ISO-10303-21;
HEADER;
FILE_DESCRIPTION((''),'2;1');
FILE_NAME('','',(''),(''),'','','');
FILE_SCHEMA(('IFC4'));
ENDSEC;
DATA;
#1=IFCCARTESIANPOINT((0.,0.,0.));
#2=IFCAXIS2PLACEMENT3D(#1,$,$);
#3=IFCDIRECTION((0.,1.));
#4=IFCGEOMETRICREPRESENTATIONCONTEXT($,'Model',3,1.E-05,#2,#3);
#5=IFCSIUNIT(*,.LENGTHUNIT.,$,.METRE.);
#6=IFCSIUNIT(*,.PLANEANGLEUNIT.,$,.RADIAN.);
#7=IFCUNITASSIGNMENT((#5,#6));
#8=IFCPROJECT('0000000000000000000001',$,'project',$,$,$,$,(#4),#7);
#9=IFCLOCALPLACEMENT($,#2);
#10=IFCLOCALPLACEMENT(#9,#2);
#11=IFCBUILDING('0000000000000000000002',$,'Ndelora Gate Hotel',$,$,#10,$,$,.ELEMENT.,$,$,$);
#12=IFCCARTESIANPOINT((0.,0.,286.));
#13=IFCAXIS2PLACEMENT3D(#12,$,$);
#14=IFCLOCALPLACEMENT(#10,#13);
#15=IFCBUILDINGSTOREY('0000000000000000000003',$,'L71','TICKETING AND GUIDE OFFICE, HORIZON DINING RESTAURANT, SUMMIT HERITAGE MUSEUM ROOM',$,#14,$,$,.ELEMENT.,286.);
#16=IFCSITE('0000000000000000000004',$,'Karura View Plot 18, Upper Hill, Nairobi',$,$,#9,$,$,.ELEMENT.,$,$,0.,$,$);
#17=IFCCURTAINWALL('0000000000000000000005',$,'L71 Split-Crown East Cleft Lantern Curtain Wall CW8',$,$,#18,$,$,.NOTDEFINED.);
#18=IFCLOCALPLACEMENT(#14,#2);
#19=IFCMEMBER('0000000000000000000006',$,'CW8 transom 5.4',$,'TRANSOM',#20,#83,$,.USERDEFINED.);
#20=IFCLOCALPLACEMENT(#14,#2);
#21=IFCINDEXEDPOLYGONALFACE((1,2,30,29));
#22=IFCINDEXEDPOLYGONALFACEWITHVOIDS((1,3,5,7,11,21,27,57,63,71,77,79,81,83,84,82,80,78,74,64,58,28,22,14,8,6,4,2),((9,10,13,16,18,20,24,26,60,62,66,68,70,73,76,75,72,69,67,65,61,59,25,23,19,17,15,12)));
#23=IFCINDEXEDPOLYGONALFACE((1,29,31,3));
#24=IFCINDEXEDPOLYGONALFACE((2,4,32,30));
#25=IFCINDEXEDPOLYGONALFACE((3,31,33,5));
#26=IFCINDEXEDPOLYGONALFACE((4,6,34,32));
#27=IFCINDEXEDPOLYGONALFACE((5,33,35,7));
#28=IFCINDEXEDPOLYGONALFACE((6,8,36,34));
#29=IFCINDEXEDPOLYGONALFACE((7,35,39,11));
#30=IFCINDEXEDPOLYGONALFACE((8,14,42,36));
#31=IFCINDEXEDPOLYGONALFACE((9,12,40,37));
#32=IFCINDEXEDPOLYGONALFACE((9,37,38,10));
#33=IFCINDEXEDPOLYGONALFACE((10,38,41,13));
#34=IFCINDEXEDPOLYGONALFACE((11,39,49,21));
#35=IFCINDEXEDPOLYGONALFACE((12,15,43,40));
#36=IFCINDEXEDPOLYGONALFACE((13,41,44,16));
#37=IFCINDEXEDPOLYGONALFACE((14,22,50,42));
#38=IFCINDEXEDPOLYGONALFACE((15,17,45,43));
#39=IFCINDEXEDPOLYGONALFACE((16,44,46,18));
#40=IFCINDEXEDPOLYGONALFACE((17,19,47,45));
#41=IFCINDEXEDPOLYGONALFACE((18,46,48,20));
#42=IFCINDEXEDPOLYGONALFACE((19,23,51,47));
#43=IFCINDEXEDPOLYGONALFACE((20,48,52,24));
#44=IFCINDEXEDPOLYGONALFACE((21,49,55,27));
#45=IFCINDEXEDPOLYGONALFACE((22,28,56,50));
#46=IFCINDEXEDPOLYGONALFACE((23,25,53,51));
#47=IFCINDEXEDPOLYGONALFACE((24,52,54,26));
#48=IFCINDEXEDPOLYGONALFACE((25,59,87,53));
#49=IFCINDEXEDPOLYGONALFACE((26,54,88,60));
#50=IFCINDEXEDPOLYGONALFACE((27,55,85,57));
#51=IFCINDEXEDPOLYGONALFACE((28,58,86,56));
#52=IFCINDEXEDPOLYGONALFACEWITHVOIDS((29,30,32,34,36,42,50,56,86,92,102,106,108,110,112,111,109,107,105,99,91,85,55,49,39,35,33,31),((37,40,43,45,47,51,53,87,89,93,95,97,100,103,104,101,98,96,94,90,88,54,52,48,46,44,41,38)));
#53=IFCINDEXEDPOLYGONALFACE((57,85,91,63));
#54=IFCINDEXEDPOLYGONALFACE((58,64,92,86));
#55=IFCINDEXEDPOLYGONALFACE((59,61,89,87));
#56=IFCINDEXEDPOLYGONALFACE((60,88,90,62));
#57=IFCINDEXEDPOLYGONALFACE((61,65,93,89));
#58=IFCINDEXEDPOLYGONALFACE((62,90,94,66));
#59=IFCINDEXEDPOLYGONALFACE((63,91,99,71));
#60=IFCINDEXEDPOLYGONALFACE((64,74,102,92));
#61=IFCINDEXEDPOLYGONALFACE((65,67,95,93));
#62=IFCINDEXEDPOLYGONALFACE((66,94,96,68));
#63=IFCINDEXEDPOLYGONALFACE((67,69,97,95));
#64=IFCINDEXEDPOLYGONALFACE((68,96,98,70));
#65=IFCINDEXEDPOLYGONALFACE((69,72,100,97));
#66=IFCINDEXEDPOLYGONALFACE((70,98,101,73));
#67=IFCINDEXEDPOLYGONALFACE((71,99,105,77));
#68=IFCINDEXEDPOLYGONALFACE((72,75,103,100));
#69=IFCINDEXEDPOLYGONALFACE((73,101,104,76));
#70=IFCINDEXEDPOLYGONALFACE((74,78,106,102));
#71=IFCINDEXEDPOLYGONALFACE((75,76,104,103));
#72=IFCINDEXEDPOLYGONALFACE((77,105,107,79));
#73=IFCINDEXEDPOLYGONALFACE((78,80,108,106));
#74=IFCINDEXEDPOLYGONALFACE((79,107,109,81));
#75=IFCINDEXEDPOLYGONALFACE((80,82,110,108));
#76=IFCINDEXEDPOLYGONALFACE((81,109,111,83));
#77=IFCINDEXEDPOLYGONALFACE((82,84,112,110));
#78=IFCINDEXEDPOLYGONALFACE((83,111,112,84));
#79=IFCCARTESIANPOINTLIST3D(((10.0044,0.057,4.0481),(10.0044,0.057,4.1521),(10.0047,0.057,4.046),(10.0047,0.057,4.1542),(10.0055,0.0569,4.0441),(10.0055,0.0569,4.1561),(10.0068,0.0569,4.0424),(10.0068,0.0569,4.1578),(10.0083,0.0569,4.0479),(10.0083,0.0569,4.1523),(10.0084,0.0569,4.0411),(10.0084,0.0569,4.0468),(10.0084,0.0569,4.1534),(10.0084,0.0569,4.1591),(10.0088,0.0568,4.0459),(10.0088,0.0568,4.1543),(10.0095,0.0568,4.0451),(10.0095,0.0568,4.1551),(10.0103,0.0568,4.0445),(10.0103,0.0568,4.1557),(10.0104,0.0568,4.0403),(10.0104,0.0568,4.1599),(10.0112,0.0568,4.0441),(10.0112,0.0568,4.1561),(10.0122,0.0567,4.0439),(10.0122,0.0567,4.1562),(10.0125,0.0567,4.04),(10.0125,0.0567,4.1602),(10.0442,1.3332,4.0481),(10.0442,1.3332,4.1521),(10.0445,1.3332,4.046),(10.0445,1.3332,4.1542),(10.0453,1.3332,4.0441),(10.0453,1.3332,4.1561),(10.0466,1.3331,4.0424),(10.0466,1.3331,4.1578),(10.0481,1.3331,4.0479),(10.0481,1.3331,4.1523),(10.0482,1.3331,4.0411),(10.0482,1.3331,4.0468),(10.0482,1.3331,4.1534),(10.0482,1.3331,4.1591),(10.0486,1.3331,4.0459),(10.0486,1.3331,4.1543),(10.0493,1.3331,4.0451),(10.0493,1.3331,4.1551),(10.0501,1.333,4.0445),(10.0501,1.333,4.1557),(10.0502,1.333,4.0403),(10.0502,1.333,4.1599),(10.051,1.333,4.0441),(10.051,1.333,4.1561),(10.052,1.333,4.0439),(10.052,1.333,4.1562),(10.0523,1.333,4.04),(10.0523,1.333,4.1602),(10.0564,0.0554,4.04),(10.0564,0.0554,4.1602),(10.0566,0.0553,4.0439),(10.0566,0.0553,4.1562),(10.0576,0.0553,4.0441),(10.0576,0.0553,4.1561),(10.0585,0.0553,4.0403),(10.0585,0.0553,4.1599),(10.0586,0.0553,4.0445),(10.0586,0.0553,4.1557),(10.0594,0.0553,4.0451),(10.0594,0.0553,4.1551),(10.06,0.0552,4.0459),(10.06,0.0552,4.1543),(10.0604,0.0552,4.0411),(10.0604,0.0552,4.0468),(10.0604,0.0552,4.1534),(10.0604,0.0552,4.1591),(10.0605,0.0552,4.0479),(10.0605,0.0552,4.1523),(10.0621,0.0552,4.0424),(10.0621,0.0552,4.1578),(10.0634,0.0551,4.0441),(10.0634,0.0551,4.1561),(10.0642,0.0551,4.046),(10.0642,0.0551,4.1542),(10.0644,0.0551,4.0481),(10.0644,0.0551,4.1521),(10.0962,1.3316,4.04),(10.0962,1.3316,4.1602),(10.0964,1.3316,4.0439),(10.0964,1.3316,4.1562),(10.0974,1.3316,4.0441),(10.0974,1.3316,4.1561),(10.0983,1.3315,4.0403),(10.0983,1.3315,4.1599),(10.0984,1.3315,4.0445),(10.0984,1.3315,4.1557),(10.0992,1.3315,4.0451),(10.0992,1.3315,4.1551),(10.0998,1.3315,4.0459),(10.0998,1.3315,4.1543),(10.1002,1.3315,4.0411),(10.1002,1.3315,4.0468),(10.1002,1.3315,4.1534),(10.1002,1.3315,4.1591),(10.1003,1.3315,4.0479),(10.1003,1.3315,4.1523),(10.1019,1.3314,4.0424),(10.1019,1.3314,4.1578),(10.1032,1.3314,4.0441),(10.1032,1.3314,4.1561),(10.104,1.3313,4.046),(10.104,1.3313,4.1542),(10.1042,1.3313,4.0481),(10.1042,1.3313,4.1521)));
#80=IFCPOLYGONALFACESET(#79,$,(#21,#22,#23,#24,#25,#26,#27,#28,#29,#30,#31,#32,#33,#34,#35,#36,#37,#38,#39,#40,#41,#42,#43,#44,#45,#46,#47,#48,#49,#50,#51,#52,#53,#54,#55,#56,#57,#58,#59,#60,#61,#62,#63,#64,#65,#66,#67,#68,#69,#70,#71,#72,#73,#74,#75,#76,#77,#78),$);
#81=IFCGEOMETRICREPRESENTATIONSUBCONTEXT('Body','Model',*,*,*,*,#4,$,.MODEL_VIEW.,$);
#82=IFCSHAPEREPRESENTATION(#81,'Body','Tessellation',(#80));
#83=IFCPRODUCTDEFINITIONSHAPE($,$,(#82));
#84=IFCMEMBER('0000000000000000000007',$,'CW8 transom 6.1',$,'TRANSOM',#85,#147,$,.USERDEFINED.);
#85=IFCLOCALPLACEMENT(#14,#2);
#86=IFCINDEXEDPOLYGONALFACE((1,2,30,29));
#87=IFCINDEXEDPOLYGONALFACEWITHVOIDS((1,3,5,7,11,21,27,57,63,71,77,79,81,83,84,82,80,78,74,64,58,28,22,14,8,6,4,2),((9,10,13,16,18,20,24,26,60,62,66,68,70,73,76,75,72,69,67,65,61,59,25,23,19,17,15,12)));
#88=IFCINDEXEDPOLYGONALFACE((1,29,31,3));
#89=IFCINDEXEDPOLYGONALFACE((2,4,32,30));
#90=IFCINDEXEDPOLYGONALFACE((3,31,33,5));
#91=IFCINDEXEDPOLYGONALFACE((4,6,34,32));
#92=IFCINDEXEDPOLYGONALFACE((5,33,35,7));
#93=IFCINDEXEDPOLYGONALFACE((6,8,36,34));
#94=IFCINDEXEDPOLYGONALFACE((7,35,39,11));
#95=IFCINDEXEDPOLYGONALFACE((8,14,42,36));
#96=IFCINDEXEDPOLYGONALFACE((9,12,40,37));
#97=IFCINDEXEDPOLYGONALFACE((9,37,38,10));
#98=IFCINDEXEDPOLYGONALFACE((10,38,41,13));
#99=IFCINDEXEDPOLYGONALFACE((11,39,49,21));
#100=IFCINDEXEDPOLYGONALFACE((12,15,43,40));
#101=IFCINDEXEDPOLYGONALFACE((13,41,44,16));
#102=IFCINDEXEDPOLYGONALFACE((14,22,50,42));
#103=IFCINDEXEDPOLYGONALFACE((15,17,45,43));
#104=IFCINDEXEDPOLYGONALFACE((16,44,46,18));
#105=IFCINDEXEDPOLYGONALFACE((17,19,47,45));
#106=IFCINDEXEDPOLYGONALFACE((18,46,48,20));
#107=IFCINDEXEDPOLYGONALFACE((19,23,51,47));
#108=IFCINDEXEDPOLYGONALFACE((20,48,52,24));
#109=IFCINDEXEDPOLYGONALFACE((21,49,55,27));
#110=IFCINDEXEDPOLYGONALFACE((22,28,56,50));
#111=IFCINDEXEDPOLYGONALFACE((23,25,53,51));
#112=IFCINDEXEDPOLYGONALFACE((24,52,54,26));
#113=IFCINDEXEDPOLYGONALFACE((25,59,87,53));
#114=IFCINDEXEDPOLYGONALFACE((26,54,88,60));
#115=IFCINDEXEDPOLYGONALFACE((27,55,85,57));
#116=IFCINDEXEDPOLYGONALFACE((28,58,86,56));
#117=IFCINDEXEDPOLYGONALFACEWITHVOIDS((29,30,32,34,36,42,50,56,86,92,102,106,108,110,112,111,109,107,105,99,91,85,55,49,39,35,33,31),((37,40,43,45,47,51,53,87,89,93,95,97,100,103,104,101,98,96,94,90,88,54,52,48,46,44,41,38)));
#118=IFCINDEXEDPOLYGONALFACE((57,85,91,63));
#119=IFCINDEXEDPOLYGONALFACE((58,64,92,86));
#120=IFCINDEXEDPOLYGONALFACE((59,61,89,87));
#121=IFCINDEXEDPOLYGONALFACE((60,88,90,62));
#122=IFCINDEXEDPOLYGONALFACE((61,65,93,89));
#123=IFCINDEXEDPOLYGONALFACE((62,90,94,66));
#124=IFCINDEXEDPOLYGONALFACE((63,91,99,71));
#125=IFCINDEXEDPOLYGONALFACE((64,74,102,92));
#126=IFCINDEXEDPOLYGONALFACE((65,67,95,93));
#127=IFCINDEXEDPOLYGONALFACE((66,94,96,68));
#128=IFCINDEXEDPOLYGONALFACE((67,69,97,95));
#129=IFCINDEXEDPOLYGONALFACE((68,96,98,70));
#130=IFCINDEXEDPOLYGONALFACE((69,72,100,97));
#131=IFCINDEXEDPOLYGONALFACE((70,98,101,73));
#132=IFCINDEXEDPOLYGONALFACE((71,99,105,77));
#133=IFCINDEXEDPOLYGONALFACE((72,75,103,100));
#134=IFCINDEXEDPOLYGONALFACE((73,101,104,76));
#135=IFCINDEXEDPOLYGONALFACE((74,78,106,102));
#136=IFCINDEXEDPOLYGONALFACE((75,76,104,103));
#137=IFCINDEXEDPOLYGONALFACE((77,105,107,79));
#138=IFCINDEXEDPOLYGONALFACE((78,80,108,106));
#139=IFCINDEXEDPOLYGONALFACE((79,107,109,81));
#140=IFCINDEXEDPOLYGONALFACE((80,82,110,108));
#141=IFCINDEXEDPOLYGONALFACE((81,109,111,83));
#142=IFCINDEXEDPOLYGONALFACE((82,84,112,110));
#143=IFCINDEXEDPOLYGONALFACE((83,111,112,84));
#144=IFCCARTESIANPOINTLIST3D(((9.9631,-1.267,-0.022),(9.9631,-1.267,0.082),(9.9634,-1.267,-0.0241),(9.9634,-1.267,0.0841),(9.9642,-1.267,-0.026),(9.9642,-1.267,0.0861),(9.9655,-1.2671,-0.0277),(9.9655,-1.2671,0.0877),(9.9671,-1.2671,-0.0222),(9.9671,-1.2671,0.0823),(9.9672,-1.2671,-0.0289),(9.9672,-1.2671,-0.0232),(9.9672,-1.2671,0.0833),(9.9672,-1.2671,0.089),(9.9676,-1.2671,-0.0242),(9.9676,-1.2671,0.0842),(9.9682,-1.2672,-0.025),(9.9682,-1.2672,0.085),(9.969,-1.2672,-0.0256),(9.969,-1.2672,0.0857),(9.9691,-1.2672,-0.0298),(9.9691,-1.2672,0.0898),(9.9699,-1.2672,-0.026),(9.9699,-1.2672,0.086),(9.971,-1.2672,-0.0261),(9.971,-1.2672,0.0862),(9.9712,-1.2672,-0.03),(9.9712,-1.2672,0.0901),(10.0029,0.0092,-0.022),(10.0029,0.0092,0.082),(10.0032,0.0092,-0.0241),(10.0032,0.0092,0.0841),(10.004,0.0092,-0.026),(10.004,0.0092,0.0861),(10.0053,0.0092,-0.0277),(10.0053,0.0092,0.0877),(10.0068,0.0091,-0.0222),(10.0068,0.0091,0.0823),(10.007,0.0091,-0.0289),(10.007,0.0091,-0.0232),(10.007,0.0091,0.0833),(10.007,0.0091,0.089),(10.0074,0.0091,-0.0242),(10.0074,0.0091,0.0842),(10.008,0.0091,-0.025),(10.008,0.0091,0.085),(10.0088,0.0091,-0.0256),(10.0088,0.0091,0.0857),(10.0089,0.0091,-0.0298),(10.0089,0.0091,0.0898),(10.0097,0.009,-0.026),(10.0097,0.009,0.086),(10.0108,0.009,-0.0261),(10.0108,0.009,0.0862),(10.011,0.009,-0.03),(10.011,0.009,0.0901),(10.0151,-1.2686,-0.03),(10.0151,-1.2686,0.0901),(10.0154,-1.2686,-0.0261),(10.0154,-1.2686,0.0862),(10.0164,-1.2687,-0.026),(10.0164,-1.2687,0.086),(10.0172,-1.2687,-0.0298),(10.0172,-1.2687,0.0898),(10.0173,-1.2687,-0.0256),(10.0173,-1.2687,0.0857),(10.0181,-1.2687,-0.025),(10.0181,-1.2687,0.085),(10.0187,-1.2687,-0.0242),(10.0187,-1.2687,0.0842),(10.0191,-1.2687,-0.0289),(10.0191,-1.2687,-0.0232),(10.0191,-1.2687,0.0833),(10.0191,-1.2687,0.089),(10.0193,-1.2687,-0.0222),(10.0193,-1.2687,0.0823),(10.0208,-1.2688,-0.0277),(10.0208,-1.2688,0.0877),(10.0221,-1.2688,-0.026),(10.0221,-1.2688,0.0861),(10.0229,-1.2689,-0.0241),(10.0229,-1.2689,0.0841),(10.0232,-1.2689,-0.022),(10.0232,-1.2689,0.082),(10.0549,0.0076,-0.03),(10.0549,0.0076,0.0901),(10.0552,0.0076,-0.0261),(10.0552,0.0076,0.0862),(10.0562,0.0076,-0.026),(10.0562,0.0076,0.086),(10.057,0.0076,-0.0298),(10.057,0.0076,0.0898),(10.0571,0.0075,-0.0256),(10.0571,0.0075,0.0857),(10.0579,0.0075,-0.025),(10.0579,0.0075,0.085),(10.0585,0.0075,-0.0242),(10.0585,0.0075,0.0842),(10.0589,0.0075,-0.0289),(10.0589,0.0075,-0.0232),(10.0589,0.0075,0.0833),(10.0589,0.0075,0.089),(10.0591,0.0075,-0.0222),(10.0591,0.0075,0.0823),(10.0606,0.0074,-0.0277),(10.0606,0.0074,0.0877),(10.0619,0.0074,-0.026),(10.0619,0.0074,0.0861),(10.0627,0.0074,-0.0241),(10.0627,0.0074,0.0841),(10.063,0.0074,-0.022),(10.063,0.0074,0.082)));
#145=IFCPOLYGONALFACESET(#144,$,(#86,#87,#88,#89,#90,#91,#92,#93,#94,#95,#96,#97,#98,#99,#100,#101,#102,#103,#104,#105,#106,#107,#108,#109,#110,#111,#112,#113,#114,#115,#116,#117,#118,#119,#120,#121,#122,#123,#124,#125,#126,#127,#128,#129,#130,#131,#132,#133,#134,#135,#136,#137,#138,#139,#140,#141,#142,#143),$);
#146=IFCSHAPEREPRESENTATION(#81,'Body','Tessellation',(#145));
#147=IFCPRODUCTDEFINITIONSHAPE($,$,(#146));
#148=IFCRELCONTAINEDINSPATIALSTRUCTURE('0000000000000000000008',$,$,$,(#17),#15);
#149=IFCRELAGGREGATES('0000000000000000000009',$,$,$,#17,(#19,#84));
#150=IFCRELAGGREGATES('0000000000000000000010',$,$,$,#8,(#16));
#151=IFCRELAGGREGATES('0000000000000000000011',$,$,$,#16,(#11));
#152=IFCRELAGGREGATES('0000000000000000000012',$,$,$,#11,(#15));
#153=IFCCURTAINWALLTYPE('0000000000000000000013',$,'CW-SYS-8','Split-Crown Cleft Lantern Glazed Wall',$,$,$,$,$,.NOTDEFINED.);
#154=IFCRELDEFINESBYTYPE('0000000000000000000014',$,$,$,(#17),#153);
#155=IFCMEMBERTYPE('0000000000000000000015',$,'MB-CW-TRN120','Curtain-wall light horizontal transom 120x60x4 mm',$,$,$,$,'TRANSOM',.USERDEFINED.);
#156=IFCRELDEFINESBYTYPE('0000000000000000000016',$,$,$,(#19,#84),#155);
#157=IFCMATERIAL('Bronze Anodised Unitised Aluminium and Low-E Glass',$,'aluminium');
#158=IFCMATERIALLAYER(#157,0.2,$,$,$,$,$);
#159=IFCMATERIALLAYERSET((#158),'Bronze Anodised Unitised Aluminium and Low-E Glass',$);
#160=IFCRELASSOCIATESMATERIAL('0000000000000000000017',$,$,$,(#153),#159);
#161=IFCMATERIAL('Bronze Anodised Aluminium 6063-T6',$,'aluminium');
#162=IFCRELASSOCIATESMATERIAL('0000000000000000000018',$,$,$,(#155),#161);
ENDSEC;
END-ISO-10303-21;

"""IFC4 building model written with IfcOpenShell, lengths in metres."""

from ifc_helpers import new_model, si_unit, direction, frame, origin, origin_2d, place, context, subcontext, project, spatial, hollow_rectangle, extrude, material, layer, layer_set, material_profile, profile_set, type_object, element, aggregate, save


model = new_model("IFC4")

# Units and contexts
model_context = context("Model", 3, precision=1e-05, world=origin(), true_north=direction((0.0, 1.0)))
body_context = subcontext(model_context, "Body", "Model", "MODEL_VIEW")
ifc_project = project(units=[si_unit("LENGTHUNIT", "METRE"), si_unit("PLANEANGLEUNIT", "RADIAN")], contexts=[model_context])

# Site, building, storey
site_placement = place(None, origin())
site = spatial("IfcSite", under=ifc_project, at=site_placement, Name="Karura View Plot 18, Upper Hill, Nairobi", CompositionType="ELEMENT", RefElevation=0.0)
building_placement = place(site_placement, origin())
building = spatial("IfcBuilding", under=site, at=building_placement, Name="Ndelora Gate Hotel", CompositionType="ELEMENT")
storey_placement = place(building_placement, frame((0.0, 0.0, 286.0)))
storey = spatial("IfcBuildingStorey", under=building, at=storey_placement, Name="L71", Description="TICKETING AND GUIDE OFFICE, HORIZON DINING RESTAURANT, SUMMIT HERITAGE MUSEUM ROOM", CompositionType="ELEMENT", Elevation=286.0)

# Curtain wall, members
ifc_material_1 = material(Name="Bronze Anodised Unitised Aluminium and Low-E Glass", Category="aluminium")
ifc_layer_1 = layer(ifc_material_1, 0.2)
ifc_layer_set_1 = layer_set([ifc_layer_1], Name="Bronze Anodised Unitised Aluminium and Low-E Glass")
curtain_wall_type = type_object("IfcCurtainWallType", Name="CW-SYS-8", Description="Split-Crown Cleft Lantern Glazed Wall", PredefinedType="NOTDEFINED", material=ifc_layer_set_1)
curtain_wall_placement = place(storey_placement, origin())
curtain_wall = element("IfcCurtainWall", 1, at=curtain_wall_placement, inside=storey, type_object=curtain_wall_type, Name="L71 Split-Crown East Cleft Lantern Curtain Wall CW8", PredefinedType="NOTDEFINED")
ifc_material_2 = material(Name="Bronze Anodised Aluminium 6063-T6", Category="aluminium")
ifc_material_profile_1 = material_profile(ifc_material_2, hollow_rectangle(XDim=0.0601, YDim=0.1201, WallThickness=0.0039, InnerFilletRadius=0.0039, OuterFilletRadius=0.0081, at=origin_2d()), Name="ALU 120x60x4")
ifc_profile_set_1 = profile_set([ifc_material_profile_1], Name="Bronze Anodised Aluminium 6063-T6")
member_type_1 = type_object("IfcMemberType", Name="MB-CW-TRN120", Description="Curtain-wall light horizontal transom 120x60x4 mm", ElementType="TRANSOM", PredefinedType="USERDEFINED", material=ifc_profile_set_1)
member_1_placement = place(storey_placement, frame((10.0742, 1.3323, 4.1001), z_axis=(-0.031169, -0.999514, 0.0), x_axis=(0.999514, -0.031169, 0.0)))
member_1 = element("IfcMember", 2, at=member_1_placement, type_object=member_type_1, Name="CW8 transom 5.4", ObjectType="TRANSOM", PredefinedType="USERDEFINED", context=body_context, shape_type="SweptSolid", body=[
    extrude(hollow_rectangle(XDim=0.0601, YDim=0.1201, WallThickness=0.0039, InnerFilletRadius=0.0039, OuterFilletRadius=0.0081, at=origin_2d()), origin(), (0.0, 0.0, 1.0), 1.2769),
])
member_2_placement = place(storey_placement, frame((10.033, 0.0083, 0.03), z_axis=(-0.031169, -0.999514, 0.0), x_axis=(0.999514, -0.031169, 0.0)))
member_2 = element("IfcMember", 3, at=member_2_placement, type_object=member_type_1, Name="CW8 transom 6.1", ObjectType="TRANSOM", PredefinedType="USERDEFINED", context=body_context, shape_type="SweptSolid", body=[
    extrude(hollow_rectangle(XDim=0.0601, YDim=0.1201, WallThickness=0.0039, InnerFilletRadius=0.0039, OuterFilletRadius=0.0081, at=origin_2d()), origin(), (0.0, 0.0, 1.0), 1.2769),
])
aggregate(curtain_wall, [member_1, member_2])

save(model, "model.ifc")
